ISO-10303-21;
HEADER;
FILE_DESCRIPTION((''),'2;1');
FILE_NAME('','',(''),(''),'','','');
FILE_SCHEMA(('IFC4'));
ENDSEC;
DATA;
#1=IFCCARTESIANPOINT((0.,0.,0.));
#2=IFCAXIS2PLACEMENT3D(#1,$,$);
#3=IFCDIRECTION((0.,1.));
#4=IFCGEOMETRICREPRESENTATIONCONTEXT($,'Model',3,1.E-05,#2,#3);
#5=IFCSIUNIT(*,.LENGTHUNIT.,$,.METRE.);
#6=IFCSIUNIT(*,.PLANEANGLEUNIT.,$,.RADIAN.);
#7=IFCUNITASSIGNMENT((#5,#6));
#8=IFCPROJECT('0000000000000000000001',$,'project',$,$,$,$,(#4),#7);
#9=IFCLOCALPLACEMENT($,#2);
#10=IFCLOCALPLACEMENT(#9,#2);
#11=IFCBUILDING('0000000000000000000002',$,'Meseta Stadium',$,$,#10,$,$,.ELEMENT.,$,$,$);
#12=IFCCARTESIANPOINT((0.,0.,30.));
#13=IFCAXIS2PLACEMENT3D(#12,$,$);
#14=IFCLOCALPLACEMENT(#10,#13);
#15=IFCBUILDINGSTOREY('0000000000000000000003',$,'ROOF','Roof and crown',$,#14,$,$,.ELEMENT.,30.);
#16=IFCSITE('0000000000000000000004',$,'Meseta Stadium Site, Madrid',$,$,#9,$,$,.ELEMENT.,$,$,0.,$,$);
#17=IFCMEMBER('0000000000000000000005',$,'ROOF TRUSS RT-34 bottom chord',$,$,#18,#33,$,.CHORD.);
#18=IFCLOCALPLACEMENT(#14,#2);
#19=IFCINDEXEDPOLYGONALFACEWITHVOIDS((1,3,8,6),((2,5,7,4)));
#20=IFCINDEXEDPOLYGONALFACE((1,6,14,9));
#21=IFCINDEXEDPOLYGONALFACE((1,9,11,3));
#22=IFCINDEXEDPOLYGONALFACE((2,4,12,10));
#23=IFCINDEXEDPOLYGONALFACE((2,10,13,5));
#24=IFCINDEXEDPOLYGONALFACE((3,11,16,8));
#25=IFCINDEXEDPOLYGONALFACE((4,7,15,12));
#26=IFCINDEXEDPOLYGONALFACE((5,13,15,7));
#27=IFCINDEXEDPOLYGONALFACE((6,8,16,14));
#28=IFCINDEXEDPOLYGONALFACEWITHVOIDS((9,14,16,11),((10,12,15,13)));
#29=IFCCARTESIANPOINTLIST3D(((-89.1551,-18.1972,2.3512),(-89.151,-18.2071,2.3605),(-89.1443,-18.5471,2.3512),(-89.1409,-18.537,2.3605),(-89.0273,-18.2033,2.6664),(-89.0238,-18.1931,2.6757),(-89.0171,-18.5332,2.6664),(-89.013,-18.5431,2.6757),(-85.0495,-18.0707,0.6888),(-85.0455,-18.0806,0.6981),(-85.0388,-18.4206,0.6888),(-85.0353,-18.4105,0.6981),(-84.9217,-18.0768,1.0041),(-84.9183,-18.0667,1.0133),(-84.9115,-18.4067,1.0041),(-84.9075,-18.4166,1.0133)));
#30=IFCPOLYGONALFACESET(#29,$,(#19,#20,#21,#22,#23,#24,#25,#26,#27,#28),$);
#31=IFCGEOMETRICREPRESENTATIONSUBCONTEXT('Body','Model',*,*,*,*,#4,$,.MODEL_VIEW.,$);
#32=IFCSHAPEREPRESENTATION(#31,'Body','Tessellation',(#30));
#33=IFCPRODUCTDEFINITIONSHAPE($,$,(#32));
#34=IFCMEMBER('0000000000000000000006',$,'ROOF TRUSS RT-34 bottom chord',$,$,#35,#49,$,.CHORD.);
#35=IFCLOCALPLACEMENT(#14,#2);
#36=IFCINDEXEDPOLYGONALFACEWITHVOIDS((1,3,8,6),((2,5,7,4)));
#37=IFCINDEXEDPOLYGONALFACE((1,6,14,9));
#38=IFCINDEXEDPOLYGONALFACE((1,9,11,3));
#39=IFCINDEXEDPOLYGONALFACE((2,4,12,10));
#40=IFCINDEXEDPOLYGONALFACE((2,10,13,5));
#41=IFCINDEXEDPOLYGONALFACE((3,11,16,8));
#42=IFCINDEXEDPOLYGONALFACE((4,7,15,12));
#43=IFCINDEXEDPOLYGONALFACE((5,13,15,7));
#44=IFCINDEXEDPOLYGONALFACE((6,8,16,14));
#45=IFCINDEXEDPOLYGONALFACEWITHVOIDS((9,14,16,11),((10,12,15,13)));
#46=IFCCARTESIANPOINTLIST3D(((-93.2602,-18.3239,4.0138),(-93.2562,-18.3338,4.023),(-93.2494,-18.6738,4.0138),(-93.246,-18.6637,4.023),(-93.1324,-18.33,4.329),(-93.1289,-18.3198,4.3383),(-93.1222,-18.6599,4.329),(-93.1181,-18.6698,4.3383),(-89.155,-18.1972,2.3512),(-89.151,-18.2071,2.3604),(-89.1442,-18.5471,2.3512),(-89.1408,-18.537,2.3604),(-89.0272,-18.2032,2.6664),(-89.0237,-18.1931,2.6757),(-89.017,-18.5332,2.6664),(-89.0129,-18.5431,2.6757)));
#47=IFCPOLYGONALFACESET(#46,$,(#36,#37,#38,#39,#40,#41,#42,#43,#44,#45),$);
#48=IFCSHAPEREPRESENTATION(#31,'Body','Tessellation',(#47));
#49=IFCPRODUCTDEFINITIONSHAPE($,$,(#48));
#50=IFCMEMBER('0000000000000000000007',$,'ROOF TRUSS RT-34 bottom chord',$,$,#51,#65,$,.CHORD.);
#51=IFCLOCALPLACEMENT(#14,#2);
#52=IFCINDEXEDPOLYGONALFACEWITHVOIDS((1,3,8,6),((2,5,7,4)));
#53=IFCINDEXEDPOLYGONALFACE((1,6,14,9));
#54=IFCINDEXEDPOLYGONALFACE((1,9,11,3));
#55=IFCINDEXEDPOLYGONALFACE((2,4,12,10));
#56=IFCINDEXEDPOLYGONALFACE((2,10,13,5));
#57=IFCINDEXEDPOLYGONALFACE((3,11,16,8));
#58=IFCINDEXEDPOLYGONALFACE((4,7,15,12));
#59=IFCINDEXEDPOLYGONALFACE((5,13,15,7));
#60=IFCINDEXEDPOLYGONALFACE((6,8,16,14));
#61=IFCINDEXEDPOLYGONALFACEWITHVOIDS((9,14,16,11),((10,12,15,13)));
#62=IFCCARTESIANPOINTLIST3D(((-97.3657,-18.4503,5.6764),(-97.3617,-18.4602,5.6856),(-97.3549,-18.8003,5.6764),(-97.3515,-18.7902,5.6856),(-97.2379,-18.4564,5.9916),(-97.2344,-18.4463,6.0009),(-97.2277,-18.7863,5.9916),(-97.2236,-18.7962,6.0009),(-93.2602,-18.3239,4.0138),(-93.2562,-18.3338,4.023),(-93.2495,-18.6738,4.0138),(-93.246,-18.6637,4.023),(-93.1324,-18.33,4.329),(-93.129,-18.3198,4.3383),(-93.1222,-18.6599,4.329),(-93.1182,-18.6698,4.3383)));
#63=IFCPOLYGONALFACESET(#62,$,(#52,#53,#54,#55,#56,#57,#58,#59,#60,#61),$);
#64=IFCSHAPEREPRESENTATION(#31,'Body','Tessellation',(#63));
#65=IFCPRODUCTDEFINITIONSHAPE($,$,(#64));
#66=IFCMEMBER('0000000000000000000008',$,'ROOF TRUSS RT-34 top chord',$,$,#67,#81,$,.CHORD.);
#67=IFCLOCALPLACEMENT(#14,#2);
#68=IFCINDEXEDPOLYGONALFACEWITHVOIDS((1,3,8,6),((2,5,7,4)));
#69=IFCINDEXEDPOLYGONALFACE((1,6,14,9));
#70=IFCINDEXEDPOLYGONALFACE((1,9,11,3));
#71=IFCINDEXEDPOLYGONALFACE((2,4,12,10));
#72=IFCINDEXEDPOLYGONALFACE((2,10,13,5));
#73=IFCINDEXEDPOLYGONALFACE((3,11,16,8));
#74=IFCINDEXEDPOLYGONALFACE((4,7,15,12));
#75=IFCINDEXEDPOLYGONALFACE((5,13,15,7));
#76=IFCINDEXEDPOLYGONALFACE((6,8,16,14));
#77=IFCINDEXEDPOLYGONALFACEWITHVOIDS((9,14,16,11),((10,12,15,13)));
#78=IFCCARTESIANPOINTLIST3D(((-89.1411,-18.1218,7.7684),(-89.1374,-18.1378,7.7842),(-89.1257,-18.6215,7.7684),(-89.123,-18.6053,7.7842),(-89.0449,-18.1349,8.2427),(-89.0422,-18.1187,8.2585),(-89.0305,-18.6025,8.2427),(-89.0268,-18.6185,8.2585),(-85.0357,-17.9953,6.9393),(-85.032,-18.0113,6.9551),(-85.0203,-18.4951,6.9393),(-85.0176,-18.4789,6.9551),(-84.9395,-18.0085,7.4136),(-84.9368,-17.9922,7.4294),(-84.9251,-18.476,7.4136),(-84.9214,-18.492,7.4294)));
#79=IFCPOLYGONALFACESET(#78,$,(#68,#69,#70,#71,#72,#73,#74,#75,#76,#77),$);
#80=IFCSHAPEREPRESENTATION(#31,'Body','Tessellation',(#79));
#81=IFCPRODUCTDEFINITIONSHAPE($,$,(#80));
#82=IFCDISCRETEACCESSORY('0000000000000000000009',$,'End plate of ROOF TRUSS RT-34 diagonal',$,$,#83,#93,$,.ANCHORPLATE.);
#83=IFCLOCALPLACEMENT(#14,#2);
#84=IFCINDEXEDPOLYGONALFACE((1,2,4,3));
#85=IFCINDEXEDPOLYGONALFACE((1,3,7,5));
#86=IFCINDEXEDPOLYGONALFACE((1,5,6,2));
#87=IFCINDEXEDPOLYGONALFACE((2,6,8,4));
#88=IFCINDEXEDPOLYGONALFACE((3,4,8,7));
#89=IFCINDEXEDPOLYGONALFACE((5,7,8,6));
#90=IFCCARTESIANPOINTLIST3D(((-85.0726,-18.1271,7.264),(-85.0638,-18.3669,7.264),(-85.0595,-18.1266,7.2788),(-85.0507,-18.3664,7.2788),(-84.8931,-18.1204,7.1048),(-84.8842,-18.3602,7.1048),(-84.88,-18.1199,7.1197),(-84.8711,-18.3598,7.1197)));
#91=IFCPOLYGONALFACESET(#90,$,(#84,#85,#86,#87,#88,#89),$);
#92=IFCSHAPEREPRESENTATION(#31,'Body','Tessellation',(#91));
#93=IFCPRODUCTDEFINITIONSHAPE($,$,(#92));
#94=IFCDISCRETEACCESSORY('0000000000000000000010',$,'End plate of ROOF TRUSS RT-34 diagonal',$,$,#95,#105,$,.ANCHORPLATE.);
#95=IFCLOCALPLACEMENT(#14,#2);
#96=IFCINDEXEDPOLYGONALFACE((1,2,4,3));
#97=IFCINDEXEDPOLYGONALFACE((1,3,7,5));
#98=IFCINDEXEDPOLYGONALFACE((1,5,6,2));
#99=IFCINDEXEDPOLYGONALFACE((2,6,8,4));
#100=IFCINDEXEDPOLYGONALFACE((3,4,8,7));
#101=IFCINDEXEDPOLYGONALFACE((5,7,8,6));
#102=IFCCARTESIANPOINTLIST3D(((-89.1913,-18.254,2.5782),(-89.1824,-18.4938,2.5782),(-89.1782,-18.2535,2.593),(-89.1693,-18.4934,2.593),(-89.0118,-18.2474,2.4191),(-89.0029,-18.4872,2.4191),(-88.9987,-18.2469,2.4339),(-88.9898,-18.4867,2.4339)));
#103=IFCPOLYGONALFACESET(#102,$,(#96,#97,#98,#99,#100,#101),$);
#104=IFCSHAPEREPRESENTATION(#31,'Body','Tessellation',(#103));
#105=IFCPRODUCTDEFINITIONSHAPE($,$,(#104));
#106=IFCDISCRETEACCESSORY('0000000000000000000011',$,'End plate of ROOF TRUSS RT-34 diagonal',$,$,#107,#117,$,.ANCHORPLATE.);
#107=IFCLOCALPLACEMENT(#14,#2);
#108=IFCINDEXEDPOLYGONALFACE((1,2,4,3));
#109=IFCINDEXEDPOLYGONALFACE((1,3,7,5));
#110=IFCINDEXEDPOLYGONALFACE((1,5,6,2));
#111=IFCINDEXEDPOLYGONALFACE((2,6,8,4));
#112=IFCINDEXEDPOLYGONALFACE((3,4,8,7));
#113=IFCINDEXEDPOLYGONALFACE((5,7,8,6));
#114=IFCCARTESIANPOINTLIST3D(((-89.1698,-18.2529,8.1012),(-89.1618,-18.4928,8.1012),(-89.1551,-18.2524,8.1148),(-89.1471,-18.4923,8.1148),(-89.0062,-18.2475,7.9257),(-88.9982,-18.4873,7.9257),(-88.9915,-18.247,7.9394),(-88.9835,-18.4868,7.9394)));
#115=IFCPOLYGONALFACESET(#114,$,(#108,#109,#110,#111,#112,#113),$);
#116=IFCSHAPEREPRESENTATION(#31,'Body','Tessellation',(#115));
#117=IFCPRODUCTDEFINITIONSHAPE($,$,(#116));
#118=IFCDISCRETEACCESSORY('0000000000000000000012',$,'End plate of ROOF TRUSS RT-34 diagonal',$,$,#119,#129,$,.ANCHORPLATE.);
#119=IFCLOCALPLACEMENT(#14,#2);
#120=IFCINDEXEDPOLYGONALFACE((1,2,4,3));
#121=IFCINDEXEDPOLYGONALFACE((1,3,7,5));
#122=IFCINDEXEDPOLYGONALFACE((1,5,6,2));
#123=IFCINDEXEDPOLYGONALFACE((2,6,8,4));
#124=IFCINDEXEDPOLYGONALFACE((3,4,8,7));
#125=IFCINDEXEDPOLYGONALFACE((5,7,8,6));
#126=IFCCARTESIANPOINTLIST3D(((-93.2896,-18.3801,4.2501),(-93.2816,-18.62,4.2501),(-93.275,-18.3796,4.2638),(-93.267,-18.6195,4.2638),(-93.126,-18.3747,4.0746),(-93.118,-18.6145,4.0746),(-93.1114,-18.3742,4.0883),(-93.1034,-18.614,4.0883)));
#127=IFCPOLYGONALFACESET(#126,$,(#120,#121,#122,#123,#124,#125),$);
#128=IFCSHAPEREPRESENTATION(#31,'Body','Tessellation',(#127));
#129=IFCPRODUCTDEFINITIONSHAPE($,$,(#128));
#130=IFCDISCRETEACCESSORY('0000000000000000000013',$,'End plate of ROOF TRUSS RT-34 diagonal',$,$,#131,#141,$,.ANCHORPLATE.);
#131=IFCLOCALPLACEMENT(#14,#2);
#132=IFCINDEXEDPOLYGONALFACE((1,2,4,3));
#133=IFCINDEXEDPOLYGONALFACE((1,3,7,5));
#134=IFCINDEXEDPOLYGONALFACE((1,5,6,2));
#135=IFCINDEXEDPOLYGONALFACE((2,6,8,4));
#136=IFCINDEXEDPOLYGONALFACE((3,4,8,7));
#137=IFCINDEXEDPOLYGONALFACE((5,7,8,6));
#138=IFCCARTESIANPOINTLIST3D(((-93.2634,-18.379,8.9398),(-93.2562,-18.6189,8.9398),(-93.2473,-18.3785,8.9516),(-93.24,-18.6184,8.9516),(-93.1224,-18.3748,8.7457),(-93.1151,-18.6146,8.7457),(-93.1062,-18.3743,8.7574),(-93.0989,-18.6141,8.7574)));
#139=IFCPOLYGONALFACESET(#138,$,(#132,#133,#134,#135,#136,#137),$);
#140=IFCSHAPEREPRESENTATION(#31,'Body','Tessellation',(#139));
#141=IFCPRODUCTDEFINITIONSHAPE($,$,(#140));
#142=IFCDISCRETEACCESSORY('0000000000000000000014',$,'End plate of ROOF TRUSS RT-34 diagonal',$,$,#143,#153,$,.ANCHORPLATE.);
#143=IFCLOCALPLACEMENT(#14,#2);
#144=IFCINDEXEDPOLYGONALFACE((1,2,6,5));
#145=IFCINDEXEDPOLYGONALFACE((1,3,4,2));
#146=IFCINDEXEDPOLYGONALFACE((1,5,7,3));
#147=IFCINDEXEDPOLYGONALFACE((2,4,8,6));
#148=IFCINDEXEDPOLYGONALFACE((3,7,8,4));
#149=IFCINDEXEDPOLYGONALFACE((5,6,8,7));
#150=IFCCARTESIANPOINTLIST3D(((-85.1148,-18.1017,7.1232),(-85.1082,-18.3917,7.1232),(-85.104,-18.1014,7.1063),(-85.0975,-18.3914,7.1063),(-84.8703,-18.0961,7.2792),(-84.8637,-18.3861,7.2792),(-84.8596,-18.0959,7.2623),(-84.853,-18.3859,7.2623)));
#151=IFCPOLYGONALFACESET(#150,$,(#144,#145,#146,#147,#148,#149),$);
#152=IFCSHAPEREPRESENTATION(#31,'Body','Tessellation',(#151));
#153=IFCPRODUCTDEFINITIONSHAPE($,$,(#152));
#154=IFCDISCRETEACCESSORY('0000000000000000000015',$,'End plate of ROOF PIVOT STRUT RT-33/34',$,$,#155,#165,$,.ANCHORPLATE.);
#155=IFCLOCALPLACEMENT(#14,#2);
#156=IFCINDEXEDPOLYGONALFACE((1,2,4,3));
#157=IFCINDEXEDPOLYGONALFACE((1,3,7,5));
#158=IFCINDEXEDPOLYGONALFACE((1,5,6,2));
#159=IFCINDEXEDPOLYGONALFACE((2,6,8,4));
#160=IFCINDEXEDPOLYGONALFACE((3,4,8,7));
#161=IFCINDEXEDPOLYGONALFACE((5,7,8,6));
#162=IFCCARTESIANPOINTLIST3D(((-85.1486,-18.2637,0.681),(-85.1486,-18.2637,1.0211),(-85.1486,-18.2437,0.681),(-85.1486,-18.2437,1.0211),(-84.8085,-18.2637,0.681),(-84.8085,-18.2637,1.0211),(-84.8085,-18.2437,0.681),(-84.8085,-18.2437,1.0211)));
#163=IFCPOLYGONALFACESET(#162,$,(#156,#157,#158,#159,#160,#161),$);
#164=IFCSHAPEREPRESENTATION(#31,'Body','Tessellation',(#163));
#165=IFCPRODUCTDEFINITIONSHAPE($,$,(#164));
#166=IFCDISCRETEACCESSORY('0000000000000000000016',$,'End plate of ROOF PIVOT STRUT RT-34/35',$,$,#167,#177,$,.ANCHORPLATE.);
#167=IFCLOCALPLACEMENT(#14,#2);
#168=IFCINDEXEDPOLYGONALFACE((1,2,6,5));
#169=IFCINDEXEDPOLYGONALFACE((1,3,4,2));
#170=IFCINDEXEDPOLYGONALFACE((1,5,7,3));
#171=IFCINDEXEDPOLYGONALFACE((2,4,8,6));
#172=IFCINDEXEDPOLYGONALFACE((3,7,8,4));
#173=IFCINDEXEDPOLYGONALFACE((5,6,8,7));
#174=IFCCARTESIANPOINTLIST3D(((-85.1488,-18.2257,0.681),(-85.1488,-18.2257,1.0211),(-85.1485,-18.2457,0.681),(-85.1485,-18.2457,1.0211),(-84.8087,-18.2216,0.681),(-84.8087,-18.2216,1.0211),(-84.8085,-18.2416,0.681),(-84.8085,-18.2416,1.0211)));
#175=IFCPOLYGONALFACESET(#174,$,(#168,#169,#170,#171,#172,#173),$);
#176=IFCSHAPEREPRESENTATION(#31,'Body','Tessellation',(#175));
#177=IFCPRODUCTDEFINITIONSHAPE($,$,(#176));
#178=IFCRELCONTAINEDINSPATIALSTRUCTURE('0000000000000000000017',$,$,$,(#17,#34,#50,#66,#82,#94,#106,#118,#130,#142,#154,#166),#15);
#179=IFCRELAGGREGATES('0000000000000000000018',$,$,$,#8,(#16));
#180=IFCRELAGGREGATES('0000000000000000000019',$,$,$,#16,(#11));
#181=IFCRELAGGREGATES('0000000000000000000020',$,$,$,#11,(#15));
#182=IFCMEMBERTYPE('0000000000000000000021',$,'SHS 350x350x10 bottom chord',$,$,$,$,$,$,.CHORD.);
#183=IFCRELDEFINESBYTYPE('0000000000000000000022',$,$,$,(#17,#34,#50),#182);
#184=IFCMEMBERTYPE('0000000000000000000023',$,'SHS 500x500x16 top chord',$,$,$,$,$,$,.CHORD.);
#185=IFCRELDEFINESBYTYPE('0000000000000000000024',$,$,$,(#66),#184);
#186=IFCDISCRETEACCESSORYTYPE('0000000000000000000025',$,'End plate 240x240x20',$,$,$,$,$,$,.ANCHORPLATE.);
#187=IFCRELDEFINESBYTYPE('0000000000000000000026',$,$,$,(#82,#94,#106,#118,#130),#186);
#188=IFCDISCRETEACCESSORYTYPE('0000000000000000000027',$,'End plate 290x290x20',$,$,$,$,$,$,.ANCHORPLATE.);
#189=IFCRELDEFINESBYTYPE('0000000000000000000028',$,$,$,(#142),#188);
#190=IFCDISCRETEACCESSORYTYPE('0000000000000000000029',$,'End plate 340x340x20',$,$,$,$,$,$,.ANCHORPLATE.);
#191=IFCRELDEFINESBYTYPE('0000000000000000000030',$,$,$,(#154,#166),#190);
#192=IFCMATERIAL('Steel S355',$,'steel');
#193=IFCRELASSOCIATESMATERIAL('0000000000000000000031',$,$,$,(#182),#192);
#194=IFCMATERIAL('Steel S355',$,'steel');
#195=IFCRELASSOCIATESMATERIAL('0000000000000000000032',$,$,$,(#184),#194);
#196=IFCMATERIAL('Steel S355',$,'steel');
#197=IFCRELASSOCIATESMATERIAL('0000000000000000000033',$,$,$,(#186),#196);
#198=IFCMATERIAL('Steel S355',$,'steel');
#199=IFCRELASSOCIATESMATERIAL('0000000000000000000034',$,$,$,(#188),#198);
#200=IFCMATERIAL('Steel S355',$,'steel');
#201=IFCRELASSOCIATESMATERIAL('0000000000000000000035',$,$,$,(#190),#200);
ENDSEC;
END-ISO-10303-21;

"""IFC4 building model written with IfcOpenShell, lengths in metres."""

from ifc_helpers import new_model, si_unit, direction, frame, origin, origin_2d, place, context, subcontext, project, spatial, rectangle, hollow_rectangle, extrude, material, material_profile, profile_set, type_object, element, save


model = new_model("IFC4")

# Units and contexts
model_context = context("Model", 3, precision=1e-05, world=origin(), true_north=direction((0.0, 1.0)))
body_context = subcontext(model_context, "Body", "Model", "MODEL_VIEW")
ifc_project = project(units=[si_unit("LENGTHUNIT", "METRE"), si_unit("PLANEANGLEUNIT", "RADIAN")], contexts=[model_context])

# Site, building, storey
site_placement = place(None, origin())
site = spatial("IfcSite", under=ifc_project, at=site_placement, Name="Meseta Stadium Site, Madrid", CompositionType="ELEMENT", RefElevation=0.0)
building_placement = place(site_placement, origin())
building = spatial("IfcBuilding", under=site, at=building_placement, Name="Meseta Stadium", CompositionType="ELEMENT")
storey_placement = place(building_placement, frame((0.0, 0.0, 30.0)))
storey = spatial("IfcBuildingStorey", under=building, at=storey_placement, Name="ROOF", Description="Roof and crown", CompositionType="ELEMENT", Elevation=30.0)

# Members
ifc_material_1 = material(Name="Steel S355", Category="steel")
ifc_material_profile_1 = material_profile(ifc_material_1, hollow_rectangle(XDim=0.3501, YDim=0.3501, WallThickness=0.01, at=origin_2d()), Name="SHS 350x350x10")
ifc_profile_set_1 = profile_set([ifc_material_profile_1], Name="Steel S355")
member_type_1 = type_object("IfcMemberType", Name="SHS 350x350x10 bottom chord", PredefinedType="CHORD", material=ifc_profile_set_1)
member_1_placement = place(storey_placement, frame((-84.9785, -18.2437, 0.8511), z_axis=(-0.926521, -0.028541, 0.375159), x_axis=(0.030789, -0.999526, 0.0)))
element("IfcMember", 1, at=member_1_placement, inside=storey, type_object=member_type_1, Name="ROOF TRUSS RT-34 bottom chord", PredefinedType="CHORD", context=body_context, shape_type="SweptSolid", body=[
    extrude(hollow_rectangle(XDim=0.3501, YDim=0.3501, WallThickness=0.01, at=origin_2d()), origin(), (0.0, 0.0, 1.0), 4.4312),
])
member_2_placement = place(storey_placement, frame((-89.084, -18.3701, 2.5134), z_axis=(-0.926492, -0.028596, 0.375225), x_axis=(0.030851, -0.999524, 0.0)))
element("IfcMember", 2, at=member_2_placement, inside=storey, type_object=member_type_1, Name="ROOF TRUSS RT-34 bottom chord", PredefinedType="CHORD", context=body_context, shape_type="SweptSolid", body=[
    extrude(hollow_rectangle(XDim=0.3501, YDim=0.3501, WallThickness=0.01, at=origin_2d()), origin(), (0.0, 0.0, 1.0), 4.4309),
])
member_3_placement = place(storey_placement, frame((-93.1892, -18.4968, 4.176), z_axis=(-0.926502, -0.02854, 0.375207), x_axis=(0.030789, -0.999526, 0.0)))
element("IfcMember", 3, at=member_3_placement, inside=storey, type_object=member_type_1, Name="ROOF TRUSS RT-34 bottom chord", PredefinedType="CHORD", context=body_context, shape_type="SweptSolid", body=[
    extrude(hollow_rectangle(XDim=0.3501, YDim=0.3501, WallThickness=0.01, at=origin_2d()), origin(), (0.0, 0.0, 1.0), 4.4312),
])
ifc_material_2 = material(Name="Steel S355", Category="steel")
ifc_material_profile_2 = material_profile(ifc_material_2, hollow_rectangle(XDim=0.5, YDim=0.5, WallThickness=0.0161, at=origin_2d()), Name="SHS 500x500x16")
ifc_profile_set_2 = profile_set([ifc_material_profile_2], Name="Steel S355")
member_type_2 = type_object("IfcMemberType", Name="SHS 500x500x16 top chord", PredefinedType="CHORD", material=ifc_profile_set_2)
member_4_placement = place(storey_placement, frame((-84.9785, -18.2437, 7.1843), z_axis=(-0.979765, -0.030181, 0.197864), x_axis=(0.030789, -0.999526, 0.0)))
element("IfcMember", 4, at=member_4_placement, inside=storey, type_object=member_type_2, Name="ROOF TRUSS RT-34 top chord", PredefinedType="CHORD", context=body_context, shape_type="SweptSolid", body=[
    extrude(hollow_rectangle(XDim=0.5, YDim=0.5, WallThickness=0.0161, at=origin_2d()), origin(), (0.0, 0.0, 1.0), 4.1902),
])

# Discrete accessories
ifc_material_3 = material(Name="Steel S355", Category="steel")
ifc_material_profile_3 = material_profile(ifc_material_3, rectangle(XDim=0.24, YDim=0.24, at=origin_2d()), Name="PL 240x240")
ifc_profile_set_3 = profile_set([ifc_material_profile_3], Name="Steel S355")
discrete_accessory_type_1 = type_object("IfcDiscreteAccessoryType", Name="End plate 240x240x20", PredefinedType="ANCHORPLATE", material=ifc_profile_set_3)
for number, where, z_axis, x_axis, name in (
    (5, (-84.9653, -18.2432, 7.1992), (-0.662639, -0.024542, -0.748537), (0.037012, -0.999315, 0.0), "End plate of ROOF TRUSS RT-34 diagonal"),
    (6, (-89.084, -18.3701, 2.5134), (-0.662639, -0.024542, -0.748537), (0.037012, -0.999315, 0.0), "End plate of ROOF TRUSS RT-34 diagonal"),
):
    element("IfcDiscreteAccessory", number, at=place(storey_placement, frame(where, z_axis=z_axis, x_axis=x_axis)), inside=storey, type_object=discrete_accessory_type_1, Name=name, PredefinedType="ANCHORPLATE", context=body_context, shape_type="SweptSolid", body=[
        extrude(rectangle(XDim=0.24, YDim=0.24, at=origin_2d()), origin(), (0.0, 0.0, 1.0), 0.0198),
    ])
for number, where, z_axis, x_axis, name in (
    (7, (-89.0693, -18.3696, 8.0271), (-0.730838, -0.024361, -0.682116), (0.033315, -0.999445, 0.0), "End plate of ROOF TRUSS RT-34 diagonal"),
    (8, (-93.1892, -18.4968, 4.176), (-0.730838, -0.024361, -0.682116), (0.033315, -0.999445, 0.0), "End plate of ROOF TRUSS RT-34 diagonal"),
    (9, (-93.1731, -18.4963, 8.8545), (-0.808493, -0.0245, -0.587995), (0.030289, -0.999541, 0.0), "End plate of ROOF TRUSS RT-34 diagonal"),
):
    element("IfcDiscreteAccessory", number, at=place(storey_placement, frame(where, z_axis=z_axis, x_axis=x_axis)), inside=storey, type_object=discrete_accessory_type_1, Name=name, PredefinedType="ANCHORPLATE", context=body_context, shape_type="SweptSolid", body=[
        extrude(rectangle(XDim=0.24, YDim=0.24, at=origin_2d()), origin(), (0.0, 0.0, 1.0), 0.02),
    ])
ifc_material_4 = material(Name="Steel S355", Category="steel")
ifc_material_profile_4 = material_profile(ifc_material_4, rectangle(XDim=0.29, YDim=0.29, at=origin_2d()), Name="PL 290x290")
ifc_profile_set_4 = profile_set([ifc_material_profile_4], Name="Steel S355")
discrete_accessory_type_2 = type_object("IfcDiscreteAccessoryType", Name="End plate 290x290x20", PredefinedType="ANCHORPLATE", material=ifc_profile_set_4)
discrete_accessory_placement = place(storey_placement, frame((-84.9785, -18.2437, 7.1843), z_axis=(-0.537626, -0.012219, 0.843095), x_axis=(0.022721, -0.999742, 0.0)))
element("IfcDiscreteAccessory", 10, at=discrete_accessory_placement, inside=storey, type_object=discrete_accessory_type_2, Name="End plate of ROOF TRUSS RT-34 diagonal", PredefinedType="ANCHORPLATE", context=body_context, shape_type="SweptSolid", body=[
    extrude(rectangle(XDim=0.29, YDim=0.29, at=origin_2d()), origin(), (0.0, 0.0, 1.0), 0.02),
])
ifc_material_5 = material(Name="Steel S355", Category="steel")
ifc_material_profile_5 = material_profile(ifc_material_5, rectangle(XDim=0.3401, YDim=0.3401, at=origin_2d()), Name="PL 340x340")
ifc_profile_set_5 = profile_set([ifc_material_profile_5], Name="Steel S355")
discrete_accessory_type_3 = type_object("IfcDiscreteAccessoryType", Name="End plate 340x340x20", PredefinedType="ANCHORPLATE", material=ifc_profile_set_5)
for number, where, z_axis, x_axis, name in (
    (11, (-84.9785, -18.2437, 0.8511), (0.0, -1.0, 0.0), (1.0, 0.0, 0.0), "End plate of ROOF PIVOT STRUT RT-33/34"),
    (12, (-84.9788, -18.2236, 0.8511), (0.012194, -0.999926, 0.0), (0.999926, 0.012194, 0.0), "End plate of ROOF PIVOT STRUT RT-34/35"),
):
    element("IfcDiscreteAccessory", number, at=place(storey_placement, frame(where, z_axis=z_axis, x_axis=x_axis)), inside=storey, type_object=discrete_accessory_type_3, Name=name, PredefinedType="ANCHORPLATE", context=body_context, shape_type="SweptSolid", body=[
        extrude(rectangle(XDim=0.3401, YDim=0.3401, at=origin_2d()), origin(), (0.0, 0.0, 1.0), 0.02),
    ])

save(model, "model.ifc")
